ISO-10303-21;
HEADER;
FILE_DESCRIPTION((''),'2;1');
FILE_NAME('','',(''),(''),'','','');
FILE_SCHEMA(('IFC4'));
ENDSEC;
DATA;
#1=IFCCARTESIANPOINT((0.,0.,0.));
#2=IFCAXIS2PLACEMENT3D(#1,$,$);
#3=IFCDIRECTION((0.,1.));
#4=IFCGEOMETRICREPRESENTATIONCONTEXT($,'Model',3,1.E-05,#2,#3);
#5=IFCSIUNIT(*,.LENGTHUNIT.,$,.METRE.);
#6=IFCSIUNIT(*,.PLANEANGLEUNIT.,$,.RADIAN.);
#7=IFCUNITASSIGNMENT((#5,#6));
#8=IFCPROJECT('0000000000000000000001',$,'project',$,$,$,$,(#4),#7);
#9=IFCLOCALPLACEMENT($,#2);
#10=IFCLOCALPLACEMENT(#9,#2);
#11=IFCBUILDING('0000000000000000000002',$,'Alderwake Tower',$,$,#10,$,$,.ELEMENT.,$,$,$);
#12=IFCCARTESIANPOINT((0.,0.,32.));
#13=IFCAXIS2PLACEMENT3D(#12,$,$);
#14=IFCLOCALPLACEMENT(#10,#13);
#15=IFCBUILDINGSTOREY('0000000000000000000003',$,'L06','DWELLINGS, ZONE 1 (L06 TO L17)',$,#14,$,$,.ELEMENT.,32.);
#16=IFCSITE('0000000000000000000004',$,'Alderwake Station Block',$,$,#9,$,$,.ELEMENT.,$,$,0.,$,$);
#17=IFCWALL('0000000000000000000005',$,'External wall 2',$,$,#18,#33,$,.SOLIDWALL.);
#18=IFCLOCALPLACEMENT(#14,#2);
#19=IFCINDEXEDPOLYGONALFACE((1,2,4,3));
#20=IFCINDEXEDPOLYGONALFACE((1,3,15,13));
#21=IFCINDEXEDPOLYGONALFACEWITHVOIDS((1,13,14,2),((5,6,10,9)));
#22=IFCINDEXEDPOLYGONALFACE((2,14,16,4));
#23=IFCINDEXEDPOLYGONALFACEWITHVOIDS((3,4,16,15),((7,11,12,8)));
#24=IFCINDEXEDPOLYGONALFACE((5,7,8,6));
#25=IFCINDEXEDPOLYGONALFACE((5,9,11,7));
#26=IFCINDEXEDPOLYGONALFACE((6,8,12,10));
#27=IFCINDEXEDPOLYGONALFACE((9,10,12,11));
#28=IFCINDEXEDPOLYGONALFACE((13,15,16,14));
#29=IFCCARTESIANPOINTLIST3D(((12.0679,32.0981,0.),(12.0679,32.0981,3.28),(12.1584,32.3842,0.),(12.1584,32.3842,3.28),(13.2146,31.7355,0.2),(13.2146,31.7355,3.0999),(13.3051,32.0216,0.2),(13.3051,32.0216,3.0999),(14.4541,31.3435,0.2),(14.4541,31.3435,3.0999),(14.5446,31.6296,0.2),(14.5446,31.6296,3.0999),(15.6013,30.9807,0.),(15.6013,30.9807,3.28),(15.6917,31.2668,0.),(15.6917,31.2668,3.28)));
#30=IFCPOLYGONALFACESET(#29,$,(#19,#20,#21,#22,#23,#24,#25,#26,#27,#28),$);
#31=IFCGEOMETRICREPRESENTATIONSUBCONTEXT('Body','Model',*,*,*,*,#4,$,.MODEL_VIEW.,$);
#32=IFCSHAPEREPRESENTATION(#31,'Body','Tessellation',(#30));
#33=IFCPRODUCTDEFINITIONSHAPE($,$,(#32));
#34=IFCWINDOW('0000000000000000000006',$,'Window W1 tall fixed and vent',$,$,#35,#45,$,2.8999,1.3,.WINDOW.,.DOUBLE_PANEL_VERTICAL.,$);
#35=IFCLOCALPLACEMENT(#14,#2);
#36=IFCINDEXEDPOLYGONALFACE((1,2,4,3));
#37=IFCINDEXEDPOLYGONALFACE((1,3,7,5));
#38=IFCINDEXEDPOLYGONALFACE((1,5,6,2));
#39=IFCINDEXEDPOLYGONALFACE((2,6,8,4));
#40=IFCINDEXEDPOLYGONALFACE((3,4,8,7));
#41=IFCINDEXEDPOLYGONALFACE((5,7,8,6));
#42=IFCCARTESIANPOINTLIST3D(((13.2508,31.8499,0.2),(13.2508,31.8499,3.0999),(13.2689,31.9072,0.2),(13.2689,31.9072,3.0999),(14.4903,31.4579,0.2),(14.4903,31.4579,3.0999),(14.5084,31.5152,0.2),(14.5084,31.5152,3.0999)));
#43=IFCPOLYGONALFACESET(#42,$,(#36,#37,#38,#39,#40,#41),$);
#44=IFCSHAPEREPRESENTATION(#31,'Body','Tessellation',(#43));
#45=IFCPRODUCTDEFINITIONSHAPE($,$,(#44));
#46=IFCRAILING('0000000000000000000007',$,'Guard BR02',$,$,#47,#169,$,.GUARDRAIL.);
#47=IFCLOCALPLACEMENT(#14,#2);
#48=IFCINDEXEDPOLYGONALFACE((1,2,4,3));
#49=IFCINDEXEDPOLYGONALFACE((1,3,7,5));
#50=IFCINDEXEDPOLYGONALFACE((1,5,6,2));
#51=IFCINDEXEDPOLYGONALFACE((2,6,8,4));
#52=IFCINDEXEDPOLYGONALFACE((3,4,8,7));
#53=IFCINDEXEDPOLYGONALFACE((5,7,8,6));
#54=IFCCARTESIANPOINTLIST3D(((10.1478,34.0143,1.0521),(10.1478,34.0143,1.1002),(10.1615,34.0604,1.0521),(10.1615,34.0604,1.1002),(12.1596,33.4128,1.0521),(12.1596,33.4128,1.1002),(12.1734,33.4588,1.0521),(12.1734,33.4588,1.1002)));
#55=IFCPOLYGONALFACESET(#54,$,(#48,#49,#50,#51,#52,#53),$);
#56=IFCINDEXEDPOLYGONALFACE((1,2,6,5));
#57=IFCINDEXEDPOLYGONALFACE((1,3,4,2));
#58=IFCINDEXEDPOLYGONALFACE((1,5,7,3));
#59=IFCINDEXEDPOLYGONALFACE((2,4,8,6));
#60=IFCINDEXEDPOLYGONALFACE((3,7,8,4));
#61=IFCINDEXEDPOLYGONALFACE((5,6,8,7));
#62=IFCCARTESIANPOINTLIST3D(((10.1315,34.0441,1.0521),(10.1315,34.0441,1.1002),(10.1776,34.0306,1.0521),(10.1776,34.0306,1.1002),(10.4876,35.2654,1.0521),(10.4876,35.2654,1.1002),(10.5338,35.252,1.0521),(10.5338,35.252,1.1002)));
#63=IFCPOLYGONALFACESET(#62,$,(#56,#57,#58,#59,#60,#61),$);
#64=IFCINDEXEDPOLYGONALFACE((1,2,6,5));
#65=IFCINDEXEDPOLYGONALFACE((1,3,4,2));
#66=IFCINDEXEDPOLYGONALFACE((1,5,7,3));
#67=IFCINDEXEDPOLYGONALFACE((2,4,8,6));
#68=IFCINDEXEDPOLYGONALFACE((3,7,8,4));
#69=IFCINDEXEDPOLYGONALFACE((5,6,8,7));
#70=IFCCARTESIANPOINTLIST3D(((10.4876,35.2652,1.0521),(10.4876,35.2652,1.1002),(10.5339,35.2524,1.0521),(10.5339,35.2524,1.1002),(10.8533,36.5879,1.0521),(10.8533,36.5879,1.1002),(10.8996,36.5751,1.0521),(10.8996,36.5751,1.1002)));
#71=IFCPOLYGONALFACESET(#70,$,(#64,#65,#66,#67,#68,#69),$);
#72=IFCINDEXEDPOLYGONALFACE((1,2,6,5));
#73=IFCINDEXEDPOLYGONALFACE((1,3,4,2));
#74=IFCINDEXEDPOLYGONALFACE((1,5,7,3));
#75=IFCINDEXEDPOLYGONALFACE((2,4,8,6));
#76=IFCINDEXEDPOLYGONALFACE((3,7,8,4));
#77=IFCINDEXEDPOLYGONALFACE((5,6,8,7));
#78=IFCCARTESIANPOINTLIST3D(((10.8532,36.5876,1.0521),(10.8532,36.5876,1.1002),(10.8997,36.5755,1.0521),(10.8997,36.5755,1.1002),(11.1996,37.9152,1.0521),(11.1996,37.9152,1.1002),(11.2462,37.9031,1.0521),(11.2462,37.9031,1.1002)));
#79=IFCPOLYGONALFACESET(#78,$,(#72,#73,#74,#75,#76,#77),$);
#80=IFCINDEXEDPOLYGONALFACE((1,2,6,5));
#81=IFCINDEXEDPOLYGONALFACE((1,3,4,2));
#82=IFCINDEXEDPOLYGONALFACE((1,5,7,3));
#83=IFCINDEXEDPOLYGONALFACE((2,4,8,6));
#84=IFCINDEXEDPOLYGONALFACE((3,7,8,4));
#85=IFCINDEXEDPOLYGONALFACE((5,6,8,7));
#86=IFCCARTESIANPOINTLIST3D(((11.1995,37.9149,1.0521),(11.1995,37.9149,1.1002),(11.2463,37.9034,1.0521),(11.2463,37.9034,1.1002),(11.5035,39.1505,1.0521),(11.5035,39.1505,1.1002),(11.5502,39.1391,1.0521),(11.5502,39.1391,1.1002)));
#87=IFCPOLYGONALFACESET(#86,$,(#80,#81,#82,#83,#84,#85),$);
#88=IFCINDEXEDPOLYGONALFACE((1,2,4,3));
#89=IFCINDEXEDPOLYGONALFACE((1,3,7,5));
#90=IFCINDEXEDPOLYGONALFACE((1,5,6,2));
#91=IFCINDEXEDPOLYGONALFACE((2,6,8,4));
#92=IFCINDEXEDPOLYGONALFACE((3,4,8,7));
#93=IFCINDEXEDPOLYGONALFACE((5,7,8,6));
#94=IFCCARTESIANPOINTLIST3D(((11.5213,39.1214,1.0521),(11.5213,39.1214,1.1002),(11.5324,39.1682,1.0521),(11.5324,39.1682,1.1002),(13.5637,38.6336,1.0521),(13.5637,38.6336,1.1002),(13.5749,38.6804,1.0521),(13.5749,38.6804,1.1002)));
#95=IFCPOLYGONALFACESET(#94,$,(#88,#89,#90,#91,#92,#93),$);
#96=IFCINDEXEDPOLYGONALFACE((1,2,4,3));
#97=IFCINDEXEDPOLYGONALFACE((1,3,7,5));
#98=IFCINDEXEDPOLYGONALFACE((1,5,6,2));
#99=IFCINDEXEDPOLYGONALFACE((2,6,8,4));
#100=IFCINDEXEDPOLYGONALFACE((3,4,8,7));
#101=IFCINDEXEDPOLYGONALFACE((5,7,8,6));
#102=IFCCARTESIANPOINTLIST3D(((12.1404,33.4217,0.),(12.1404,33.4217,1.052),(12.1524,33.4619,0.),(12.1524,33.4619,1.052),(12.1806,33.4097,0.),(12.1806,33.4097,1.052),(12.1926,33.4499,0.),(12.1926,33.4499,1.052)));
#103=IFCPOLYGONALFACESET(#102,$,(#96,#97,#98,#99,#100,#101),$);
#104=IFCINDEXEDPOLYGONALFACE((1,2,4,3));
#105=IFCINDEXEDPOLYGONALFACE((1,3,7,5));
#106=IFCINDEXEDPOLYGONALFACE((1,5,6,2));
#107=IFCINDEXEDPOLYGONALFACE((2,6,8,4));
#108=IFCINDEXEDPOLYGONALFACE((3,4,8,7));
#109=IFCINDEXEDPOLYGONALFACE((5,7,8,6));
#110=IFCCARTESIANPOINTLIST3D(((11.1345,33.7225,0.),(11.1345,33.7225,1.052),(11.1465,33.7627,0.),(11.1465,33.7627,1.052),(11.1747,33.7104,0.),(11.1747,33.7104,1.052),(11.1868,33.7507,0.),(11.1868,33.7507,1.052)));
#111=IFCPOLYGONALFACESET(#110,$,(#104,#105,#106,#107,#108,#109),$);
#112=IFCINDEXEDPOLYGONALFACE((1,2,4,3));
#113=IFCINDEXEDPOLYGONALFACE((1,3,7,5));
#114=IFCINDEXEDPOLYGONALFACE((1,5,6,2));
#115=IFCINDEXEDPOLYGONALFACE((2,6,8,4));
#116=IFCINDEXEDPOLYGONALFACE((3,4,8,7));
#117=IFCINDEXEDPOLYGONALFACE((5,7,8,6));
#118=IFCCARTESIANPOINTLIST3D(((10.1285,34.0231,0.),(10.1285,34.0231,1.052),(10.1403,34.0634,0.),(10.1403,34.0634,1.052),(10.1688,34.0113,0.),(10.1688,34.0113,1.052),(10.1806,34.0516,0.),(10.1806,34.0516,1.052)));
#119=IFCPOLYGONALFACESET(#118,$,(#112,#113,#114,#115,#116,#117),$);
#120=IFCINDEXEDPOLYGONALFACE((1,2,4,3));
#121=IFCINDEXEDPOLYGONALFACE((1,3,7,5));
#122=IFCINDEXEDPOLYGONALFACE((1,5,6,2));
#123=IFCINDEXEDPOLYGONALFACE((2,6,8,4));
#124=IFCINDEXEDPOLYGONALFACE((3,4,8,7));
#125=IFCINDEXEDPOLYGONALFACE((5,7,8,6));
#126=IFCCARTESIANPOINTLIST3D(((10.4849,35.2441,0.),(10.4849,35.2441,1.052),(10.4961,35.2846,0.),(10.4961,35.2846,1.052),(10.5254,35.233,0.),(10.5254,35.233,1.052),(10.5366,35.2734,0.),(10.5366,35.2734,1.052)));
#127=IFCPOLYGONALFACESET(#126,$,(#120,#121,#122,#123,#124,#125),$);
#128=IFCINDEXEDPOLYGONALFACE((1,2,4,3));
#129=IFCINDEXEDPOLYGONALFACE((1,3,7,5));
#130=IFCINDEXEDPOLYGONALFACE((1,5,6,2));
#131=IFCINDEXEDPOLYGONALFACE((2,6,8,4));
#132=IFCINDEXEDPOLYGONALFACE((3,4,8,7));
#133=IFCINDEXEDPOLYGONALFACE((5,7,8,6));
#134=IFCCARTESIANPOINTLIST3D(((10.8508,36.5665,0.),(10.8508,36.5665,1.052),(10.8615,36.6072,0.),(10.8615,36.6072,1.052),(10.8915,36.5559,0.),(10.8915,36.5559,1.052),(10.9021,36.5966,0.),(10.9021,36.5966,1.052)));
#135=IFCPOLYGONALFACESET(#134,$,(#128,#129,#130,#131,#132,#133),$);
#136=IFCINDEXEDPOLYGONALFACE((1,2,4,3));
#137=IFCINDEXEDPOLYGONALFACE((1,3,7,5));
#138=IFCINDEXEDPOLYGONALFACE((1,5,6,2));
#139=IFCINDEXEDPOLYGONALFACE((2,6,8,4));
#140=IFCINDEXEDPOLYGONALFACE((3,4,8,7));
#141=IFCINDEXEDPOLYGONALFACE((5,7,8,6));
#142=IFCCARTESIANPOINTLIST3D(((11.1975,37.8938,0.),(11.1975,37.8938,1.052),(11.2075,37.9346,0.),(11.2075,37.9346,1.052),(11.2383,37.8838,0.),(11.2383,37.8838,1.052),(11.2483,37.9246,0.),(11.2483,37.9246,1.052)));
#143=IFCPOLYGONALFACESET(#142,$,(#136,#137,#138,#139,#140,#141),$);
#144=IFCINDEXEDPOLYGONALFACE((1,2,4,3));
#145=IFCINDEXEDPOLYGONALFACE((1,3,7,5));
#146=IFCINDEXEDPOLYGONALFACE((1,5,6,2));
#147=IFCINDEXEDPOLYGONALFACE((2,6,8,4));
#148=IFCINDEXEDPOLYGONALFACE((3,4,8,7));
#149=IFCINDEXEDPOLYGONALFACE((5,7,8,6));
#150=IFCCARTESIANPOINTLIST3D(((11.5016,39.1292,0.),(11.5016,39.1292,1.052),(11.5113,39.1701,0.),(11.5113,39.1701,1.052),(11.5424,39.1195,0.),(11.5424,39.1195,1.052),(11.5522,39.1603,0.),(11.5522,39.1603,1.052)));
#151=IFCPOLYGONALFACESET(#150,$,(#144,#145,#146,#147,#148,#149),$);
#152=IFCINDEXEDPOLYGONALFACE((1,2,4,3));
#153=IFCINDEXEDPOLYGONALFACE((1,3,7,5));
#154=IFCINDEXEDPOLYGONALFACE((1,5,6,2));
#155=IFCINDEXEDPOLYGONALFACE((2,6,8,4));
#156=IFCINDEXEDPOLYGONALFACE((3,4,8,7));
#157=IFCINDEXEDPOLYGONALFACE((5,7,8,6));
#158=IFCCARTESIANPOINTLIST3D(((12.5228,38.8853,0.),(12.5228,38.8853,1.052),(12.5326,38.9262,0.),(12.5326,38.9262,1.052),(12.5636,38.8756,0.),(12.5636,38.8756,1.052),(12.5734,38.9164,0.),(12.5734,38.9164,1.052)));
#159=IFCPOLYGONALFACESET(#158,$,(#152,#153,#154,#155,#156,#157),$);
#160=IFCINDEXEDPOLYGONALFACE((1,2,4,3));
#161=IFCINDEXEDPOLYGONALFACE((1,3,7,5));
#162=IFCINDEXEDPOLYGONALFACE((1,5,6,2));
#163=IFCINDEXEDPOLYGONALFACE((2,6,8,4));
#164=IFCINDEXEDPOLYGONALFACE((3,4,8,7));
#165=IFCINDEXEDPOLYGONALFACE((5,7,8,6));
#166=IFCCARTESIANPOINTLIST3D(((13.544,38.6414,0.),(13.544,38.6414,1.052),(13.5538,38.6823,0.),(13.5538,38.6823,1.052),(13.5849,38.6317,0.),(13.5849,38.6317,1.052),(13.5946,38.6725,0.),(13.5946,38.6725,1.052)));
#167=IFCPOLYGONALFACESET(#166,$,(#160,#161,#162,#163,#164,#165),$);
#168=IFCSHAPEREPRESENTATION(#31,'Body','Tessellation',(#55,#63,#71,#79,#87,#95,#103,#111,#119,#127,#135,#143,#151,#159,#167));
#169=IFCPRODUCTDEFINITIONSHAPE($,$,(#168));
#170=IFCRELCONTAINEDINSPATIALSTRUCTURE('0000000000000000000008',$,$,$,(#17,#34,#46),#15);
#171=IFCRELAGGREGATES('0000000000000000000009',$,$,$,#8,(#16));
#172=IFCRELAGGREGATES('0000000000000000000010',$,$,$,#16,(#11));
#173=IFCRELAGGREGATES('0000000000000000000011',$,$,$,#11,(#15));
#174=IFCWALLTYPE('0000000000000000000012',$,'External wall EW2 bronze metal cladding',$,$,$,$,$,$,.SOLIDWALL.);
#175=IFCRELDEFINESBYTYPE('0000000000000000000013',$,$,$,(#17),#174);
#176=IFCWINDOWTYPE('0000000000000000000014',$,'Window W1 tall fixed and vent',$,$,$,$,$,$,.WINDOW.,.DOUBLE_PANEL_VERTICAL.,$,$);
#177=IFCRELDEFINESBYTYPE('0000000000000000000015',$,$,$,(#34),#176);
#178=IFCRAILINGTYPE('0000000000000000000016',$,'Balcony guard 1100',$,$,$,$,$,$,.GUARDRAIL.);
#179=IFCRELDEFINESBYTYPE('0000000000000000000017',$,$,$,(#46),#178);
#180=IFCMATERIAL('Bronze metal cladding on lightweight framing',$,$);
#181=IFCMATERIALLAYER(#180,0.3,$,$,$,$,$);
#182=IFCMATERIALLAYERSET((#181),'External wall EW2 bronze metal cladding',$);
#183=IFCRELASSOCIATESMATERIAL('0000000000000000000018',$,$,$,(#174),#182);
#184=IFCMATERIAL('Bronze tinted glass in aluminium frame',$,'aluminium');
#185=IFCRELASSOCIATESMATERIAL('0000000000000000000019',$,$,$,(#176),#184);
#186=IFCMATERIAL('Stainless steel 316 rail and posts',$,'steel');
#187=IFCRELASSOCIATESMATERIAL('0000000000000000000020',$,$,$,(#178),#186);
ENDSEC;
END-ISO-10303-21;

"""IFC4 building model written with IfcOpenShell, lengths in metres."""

from ifc_helpers import new_model, si_unit, direction, frame, frame_2d, origin, origin_2d, place, context, subcontext, project, spatial, rectangle, extrude, material, layer, layer_set, type_object, element, fill, save


model = new_model("IFC4")

# Units and contexts
model_context = context("Model", 3, precision=1e-05, world=origin(), true_north=direction((0.0, 1.0)))
body_context = subcontext(model_context, "Body", "Model", "MODEL_VIEW")
ifc_project = project(units=[si_unit("LENGTHUNIT", "METRE"), si_unit("PLANEANGLEUNIT", "RADIAN")], contexts=[model_context])

# Site, building, storey
site_placement = place(None, origin())
site = spatial("IfcSite", under=ifc_project, at=site_placement, Name="Alderwake Station Block", CompositionType="ELEMENT", RefElevation=0.0)
building_placement = place(site_placement, origin())
building = spatial("IfcBuilding", under=site, at=building_placement, Name="Alderwake Tower", CompositionType="ELEMENT")
storey_placement = place(building_placement, frame((0.0, 0.0, 32.0)))
storey = spatial("IfcBuildingStorey", under=building, at=storey_placement, Name="L06", Description="DWELLINGS, ZONE 1 (L06 TO L17)", CompositionType="ELEMENT", Elevation=32.0)

# Wall, opening, window
ifc_material_1 = material(Name="Bronze metal cladding on lightweight framing")
ifc_layer_1 = layer(ifc_material_1, 0.3)
ifc_layer_set_1 = layer_set([ifc_layer_1], Name="External wall EW2 bronze metal cladding")
wall_type_1 = type_object("IfcWallType", Name="External wall EW2 bronze metal cladding", PredefinedType="SOLIDWALL", material=ifc_layer_set_1)
wall_1_placement = place(storey_placement, frame((12.113, 32.2412, 0.0), z_axis=(0.0, 0.0, 1.0), x_axis=(0.953458, -0.301525, 0.0)))
wall_1 = element("IfcWall", 1, at=wall_1_placement, inside=storey, type_object=wall_type_1, Name="External wall 2", PredefinedType="SOLIDWALL", context=body_context, shape_type="SweptSolid", body=[
    extrude(rectangle(XDim=3.7058, YDim=0.3, at=frame_2d((1.853, 0.0))), origin(), (0.0, 0.0, 1.0), 3.28),
])
opening_placement = place(wall_1_placement, frame((1.2029, 0.0, 0.2)))
opening = element("IfcOpeningElement", 2, at=opening_placement, cuts=wall_1, PredefinedType="OPENING", context=body_context, shape_type="SweptSolid", body=[
    extrude(rectangle(XDim=1.3, YDim=2.8999, at=frame_2d((0.6499, 1.45))), frame((0.0, 0.1599, 0.0), z_axis=(0.0, -1.0, 0.0), x_axis=(1.0, 0.0, 0.0)), (0.0, 0.0, 1.0), 0.3201),
])
ifc_material_2 = material(Name="Bronze tinted glass in aluminium frame", Category="aluminium")
window_type = type_object("IfcWindowType", Name="Window W1 tall fixed and vent", PartitioningType="DOUBLE_PANEL_VERTICAL", PredefinedType="WINDOW", material=ifc_material_2)
window_placement = place(opening_placement, origin())
window = element("IfcWindow", 3, at=window_placement, inside=storey, type_object=window_type, Name="Window W1 tall fixed and vent", OverallHeight=2.8999, OverallWidth=1.3, PartitioningType="DOUBLE_PANEL_VERTICAL", PredefinedType="WINDOW", context=body_context, shape_type="SweptSolid", body=[
    extrude(rectangle(XDim=1.3, YDim=2.8999, at=frame_2d((0.6499, 1.45))), frame((0.0, 0.03, 0.0), z_axis=(0.0, -1.0, 0.0), x_axis=(1.0, 0.0, 0.0)), (0.0, 0.0, 1.0), 0.0601),
])
fill(opening, window)

# Railing
ifc_material_3 = material(Name="Stainless steel 316 rail and posts", Category="steel")
railing_type = type_object("IfcRailingType", Name="Balcony guard 1100", PredefinedType="GUARDRAIL", material=ifc_material_3)
railing_1_placement = place(storey_placement, frame((12.1665, 33.4358, 0.0)))
element("IfcRailing", 4, at=railing_1_placement, inside=storey, type_object=railing_type, Name="Guard BR02", PredefinedType="GUARDRAIL", context=body_context, shape_type="SweptSolid", body=[
    extrude(rectangle(XDim=0.0481, YDim=0.0481, at=origin_2d()), frame((0.0, 0.0, 1.0762), z_axis=(-0.958091, 0.286462, 0.0), x_axis=(-0.286462, -0.958091, 0.0)), (0.0, 0.0, 1.0), 2.0999),
    extrude(rectangle(XDim=0.0481, YDim=0.0481, at=origin_2d()), frame((-2.012, 0.6016, 1.0762), z_axis=(0.279963, 0.960011, 0.0), x_axis=(-0.960011, 0.279963, 0.0)), (0.0, 0.0, 1.0), 1.2722),
    extrude(rectangle(XDim=0.0481, YDim=0.0481, at=origin_2d()), frame((-1.6558, 1.823, 1.0762), z_axis=(0.266488, 0.963838, 0.0), x_axis=(-0.963838, 0.266488, 0.0)), (0.0, 0.0, 1.0), 1.3723),
    extrude(rectangle(XDim=0.0481, YDim=0.0481, at=origin_2d()), frame((-1.29, 3.1458, 1.0762), z_axis=(0.252487, 0.9676, 0.0), x_axis=(-0.9676, 0.252487, 0.0)), (0.0, 0.0, 1.0), 1.3721),
    extrude(rectangle(XDim=0.0481, YDim=0.0481, at=origin_2d()), frame((-0.9436, 4.4734, 1.0762), z_axis=(0.238877, 0.97105, 0.0), x_axis=(-0.97105, 0.238877, 0.0)), (0.0, 0.0, 1.0), 1.2725),
    extrude(rectangle(XDim=0.0481, YDim=0.0481, at=origin_2d()), frame((-0.6396, 5.709, 1.0762), z_axis=(0.972646, -0.232291, 0.0), x_axis=(0.232291, 0.972646, 0.0)), (0.0, 0.0, 1.0), 2.0999),
    extrude(rectangle(XDim=0.042, YDim=0.042, at=origin_2d()), frame((0.0, 0.0, 0.0), z_axis=(0.0, 0.0, 1.0), x_axis=(-0.958091, 0.286462, 0.0)), (0.0, 0.0, 1.0), 1.052),
    extrude(rectangle(XDim=0.042, YDim=0.042, at=origin_2d()), frame((-1.0059, 0.3008, 0.0), z_axis=(0.0, 0.0, 1.0), x_axis=(-0.958091, 0.286462, 0.0)), (0.0, 0.0, 1.0), 1.052),
    extrude(rectangle(XDim=0.042, YDim=0.042, at=origin_2d()), frame((-2.012, 0.6016, 0.0), z_axis=(0.0, 0.0, 1.0), x_axis=(0.279963, 0.960011, 0.0)), (0.0, 0.0, 1.0), 1.052),
    extrude(rectangle(XDim=0.042, YDim=0.042, at=origin_2d()), frame((-1.6558, 1.823, 0.0), z_axis=(0.0, 0.0, 1.0), x_axis=(0.266488, 0.963838, 0.0)), (0.0, 0.0, 1.0), 1.052),
    extrude(rectangle(XDim=0.042, YDim=0.042, at=origin_2d()), frame((-1.29, 3.1458, 0.0), z_axis=(0.0, 0.0, 1.0), x_axis=(0.252487, 0.9676, 0.0)), (0.0, 0.0, 1.0), 1.052),
    extrude(rectangle(XDim=0.042, YDim=0.042, at=origin_2d()), frame((-0.9436, 4.4734, 0.0), z_axis=(0.0, 0.0, 1.0), x_axis=(0.238877, 0.97105, 0.0)), (0.0, 0.0, 1.0), 1.052),
    extrude(rectangle(XDim=0.042, YDim=0.042, at=origin_2d()), frame((-0.6396, 5.709, 0.0), z_axis=(0.0, 0.0, 1.0), x_axis=(0.972646, -0.232291, 0.0)), (0.0, 0.0, 1.0), 1.052),
    extrude(rectangle(XDim=0.042, YDim=0.042, at=origin_2d()), frame((0.3816, 5.4651, 0.0), z_axis=(0.0, 0.0, 1.0), x_axis=(0.972646, -0.232291, 0.0)), (0.0, 0.0, 1.0), 1.052),
    extrude(rectangle(XDim=0.042, YDim=0.042, at=origin_2d()), frame((1.4028, 5.2212, 0.0), z_axis=(0.0, 0.0, 1.0), x_axis=(0.972646, -0.232291, 0.0)), (0.0, 0.0, 1.0), 1.052),
])

save(model, "model.ifc")
